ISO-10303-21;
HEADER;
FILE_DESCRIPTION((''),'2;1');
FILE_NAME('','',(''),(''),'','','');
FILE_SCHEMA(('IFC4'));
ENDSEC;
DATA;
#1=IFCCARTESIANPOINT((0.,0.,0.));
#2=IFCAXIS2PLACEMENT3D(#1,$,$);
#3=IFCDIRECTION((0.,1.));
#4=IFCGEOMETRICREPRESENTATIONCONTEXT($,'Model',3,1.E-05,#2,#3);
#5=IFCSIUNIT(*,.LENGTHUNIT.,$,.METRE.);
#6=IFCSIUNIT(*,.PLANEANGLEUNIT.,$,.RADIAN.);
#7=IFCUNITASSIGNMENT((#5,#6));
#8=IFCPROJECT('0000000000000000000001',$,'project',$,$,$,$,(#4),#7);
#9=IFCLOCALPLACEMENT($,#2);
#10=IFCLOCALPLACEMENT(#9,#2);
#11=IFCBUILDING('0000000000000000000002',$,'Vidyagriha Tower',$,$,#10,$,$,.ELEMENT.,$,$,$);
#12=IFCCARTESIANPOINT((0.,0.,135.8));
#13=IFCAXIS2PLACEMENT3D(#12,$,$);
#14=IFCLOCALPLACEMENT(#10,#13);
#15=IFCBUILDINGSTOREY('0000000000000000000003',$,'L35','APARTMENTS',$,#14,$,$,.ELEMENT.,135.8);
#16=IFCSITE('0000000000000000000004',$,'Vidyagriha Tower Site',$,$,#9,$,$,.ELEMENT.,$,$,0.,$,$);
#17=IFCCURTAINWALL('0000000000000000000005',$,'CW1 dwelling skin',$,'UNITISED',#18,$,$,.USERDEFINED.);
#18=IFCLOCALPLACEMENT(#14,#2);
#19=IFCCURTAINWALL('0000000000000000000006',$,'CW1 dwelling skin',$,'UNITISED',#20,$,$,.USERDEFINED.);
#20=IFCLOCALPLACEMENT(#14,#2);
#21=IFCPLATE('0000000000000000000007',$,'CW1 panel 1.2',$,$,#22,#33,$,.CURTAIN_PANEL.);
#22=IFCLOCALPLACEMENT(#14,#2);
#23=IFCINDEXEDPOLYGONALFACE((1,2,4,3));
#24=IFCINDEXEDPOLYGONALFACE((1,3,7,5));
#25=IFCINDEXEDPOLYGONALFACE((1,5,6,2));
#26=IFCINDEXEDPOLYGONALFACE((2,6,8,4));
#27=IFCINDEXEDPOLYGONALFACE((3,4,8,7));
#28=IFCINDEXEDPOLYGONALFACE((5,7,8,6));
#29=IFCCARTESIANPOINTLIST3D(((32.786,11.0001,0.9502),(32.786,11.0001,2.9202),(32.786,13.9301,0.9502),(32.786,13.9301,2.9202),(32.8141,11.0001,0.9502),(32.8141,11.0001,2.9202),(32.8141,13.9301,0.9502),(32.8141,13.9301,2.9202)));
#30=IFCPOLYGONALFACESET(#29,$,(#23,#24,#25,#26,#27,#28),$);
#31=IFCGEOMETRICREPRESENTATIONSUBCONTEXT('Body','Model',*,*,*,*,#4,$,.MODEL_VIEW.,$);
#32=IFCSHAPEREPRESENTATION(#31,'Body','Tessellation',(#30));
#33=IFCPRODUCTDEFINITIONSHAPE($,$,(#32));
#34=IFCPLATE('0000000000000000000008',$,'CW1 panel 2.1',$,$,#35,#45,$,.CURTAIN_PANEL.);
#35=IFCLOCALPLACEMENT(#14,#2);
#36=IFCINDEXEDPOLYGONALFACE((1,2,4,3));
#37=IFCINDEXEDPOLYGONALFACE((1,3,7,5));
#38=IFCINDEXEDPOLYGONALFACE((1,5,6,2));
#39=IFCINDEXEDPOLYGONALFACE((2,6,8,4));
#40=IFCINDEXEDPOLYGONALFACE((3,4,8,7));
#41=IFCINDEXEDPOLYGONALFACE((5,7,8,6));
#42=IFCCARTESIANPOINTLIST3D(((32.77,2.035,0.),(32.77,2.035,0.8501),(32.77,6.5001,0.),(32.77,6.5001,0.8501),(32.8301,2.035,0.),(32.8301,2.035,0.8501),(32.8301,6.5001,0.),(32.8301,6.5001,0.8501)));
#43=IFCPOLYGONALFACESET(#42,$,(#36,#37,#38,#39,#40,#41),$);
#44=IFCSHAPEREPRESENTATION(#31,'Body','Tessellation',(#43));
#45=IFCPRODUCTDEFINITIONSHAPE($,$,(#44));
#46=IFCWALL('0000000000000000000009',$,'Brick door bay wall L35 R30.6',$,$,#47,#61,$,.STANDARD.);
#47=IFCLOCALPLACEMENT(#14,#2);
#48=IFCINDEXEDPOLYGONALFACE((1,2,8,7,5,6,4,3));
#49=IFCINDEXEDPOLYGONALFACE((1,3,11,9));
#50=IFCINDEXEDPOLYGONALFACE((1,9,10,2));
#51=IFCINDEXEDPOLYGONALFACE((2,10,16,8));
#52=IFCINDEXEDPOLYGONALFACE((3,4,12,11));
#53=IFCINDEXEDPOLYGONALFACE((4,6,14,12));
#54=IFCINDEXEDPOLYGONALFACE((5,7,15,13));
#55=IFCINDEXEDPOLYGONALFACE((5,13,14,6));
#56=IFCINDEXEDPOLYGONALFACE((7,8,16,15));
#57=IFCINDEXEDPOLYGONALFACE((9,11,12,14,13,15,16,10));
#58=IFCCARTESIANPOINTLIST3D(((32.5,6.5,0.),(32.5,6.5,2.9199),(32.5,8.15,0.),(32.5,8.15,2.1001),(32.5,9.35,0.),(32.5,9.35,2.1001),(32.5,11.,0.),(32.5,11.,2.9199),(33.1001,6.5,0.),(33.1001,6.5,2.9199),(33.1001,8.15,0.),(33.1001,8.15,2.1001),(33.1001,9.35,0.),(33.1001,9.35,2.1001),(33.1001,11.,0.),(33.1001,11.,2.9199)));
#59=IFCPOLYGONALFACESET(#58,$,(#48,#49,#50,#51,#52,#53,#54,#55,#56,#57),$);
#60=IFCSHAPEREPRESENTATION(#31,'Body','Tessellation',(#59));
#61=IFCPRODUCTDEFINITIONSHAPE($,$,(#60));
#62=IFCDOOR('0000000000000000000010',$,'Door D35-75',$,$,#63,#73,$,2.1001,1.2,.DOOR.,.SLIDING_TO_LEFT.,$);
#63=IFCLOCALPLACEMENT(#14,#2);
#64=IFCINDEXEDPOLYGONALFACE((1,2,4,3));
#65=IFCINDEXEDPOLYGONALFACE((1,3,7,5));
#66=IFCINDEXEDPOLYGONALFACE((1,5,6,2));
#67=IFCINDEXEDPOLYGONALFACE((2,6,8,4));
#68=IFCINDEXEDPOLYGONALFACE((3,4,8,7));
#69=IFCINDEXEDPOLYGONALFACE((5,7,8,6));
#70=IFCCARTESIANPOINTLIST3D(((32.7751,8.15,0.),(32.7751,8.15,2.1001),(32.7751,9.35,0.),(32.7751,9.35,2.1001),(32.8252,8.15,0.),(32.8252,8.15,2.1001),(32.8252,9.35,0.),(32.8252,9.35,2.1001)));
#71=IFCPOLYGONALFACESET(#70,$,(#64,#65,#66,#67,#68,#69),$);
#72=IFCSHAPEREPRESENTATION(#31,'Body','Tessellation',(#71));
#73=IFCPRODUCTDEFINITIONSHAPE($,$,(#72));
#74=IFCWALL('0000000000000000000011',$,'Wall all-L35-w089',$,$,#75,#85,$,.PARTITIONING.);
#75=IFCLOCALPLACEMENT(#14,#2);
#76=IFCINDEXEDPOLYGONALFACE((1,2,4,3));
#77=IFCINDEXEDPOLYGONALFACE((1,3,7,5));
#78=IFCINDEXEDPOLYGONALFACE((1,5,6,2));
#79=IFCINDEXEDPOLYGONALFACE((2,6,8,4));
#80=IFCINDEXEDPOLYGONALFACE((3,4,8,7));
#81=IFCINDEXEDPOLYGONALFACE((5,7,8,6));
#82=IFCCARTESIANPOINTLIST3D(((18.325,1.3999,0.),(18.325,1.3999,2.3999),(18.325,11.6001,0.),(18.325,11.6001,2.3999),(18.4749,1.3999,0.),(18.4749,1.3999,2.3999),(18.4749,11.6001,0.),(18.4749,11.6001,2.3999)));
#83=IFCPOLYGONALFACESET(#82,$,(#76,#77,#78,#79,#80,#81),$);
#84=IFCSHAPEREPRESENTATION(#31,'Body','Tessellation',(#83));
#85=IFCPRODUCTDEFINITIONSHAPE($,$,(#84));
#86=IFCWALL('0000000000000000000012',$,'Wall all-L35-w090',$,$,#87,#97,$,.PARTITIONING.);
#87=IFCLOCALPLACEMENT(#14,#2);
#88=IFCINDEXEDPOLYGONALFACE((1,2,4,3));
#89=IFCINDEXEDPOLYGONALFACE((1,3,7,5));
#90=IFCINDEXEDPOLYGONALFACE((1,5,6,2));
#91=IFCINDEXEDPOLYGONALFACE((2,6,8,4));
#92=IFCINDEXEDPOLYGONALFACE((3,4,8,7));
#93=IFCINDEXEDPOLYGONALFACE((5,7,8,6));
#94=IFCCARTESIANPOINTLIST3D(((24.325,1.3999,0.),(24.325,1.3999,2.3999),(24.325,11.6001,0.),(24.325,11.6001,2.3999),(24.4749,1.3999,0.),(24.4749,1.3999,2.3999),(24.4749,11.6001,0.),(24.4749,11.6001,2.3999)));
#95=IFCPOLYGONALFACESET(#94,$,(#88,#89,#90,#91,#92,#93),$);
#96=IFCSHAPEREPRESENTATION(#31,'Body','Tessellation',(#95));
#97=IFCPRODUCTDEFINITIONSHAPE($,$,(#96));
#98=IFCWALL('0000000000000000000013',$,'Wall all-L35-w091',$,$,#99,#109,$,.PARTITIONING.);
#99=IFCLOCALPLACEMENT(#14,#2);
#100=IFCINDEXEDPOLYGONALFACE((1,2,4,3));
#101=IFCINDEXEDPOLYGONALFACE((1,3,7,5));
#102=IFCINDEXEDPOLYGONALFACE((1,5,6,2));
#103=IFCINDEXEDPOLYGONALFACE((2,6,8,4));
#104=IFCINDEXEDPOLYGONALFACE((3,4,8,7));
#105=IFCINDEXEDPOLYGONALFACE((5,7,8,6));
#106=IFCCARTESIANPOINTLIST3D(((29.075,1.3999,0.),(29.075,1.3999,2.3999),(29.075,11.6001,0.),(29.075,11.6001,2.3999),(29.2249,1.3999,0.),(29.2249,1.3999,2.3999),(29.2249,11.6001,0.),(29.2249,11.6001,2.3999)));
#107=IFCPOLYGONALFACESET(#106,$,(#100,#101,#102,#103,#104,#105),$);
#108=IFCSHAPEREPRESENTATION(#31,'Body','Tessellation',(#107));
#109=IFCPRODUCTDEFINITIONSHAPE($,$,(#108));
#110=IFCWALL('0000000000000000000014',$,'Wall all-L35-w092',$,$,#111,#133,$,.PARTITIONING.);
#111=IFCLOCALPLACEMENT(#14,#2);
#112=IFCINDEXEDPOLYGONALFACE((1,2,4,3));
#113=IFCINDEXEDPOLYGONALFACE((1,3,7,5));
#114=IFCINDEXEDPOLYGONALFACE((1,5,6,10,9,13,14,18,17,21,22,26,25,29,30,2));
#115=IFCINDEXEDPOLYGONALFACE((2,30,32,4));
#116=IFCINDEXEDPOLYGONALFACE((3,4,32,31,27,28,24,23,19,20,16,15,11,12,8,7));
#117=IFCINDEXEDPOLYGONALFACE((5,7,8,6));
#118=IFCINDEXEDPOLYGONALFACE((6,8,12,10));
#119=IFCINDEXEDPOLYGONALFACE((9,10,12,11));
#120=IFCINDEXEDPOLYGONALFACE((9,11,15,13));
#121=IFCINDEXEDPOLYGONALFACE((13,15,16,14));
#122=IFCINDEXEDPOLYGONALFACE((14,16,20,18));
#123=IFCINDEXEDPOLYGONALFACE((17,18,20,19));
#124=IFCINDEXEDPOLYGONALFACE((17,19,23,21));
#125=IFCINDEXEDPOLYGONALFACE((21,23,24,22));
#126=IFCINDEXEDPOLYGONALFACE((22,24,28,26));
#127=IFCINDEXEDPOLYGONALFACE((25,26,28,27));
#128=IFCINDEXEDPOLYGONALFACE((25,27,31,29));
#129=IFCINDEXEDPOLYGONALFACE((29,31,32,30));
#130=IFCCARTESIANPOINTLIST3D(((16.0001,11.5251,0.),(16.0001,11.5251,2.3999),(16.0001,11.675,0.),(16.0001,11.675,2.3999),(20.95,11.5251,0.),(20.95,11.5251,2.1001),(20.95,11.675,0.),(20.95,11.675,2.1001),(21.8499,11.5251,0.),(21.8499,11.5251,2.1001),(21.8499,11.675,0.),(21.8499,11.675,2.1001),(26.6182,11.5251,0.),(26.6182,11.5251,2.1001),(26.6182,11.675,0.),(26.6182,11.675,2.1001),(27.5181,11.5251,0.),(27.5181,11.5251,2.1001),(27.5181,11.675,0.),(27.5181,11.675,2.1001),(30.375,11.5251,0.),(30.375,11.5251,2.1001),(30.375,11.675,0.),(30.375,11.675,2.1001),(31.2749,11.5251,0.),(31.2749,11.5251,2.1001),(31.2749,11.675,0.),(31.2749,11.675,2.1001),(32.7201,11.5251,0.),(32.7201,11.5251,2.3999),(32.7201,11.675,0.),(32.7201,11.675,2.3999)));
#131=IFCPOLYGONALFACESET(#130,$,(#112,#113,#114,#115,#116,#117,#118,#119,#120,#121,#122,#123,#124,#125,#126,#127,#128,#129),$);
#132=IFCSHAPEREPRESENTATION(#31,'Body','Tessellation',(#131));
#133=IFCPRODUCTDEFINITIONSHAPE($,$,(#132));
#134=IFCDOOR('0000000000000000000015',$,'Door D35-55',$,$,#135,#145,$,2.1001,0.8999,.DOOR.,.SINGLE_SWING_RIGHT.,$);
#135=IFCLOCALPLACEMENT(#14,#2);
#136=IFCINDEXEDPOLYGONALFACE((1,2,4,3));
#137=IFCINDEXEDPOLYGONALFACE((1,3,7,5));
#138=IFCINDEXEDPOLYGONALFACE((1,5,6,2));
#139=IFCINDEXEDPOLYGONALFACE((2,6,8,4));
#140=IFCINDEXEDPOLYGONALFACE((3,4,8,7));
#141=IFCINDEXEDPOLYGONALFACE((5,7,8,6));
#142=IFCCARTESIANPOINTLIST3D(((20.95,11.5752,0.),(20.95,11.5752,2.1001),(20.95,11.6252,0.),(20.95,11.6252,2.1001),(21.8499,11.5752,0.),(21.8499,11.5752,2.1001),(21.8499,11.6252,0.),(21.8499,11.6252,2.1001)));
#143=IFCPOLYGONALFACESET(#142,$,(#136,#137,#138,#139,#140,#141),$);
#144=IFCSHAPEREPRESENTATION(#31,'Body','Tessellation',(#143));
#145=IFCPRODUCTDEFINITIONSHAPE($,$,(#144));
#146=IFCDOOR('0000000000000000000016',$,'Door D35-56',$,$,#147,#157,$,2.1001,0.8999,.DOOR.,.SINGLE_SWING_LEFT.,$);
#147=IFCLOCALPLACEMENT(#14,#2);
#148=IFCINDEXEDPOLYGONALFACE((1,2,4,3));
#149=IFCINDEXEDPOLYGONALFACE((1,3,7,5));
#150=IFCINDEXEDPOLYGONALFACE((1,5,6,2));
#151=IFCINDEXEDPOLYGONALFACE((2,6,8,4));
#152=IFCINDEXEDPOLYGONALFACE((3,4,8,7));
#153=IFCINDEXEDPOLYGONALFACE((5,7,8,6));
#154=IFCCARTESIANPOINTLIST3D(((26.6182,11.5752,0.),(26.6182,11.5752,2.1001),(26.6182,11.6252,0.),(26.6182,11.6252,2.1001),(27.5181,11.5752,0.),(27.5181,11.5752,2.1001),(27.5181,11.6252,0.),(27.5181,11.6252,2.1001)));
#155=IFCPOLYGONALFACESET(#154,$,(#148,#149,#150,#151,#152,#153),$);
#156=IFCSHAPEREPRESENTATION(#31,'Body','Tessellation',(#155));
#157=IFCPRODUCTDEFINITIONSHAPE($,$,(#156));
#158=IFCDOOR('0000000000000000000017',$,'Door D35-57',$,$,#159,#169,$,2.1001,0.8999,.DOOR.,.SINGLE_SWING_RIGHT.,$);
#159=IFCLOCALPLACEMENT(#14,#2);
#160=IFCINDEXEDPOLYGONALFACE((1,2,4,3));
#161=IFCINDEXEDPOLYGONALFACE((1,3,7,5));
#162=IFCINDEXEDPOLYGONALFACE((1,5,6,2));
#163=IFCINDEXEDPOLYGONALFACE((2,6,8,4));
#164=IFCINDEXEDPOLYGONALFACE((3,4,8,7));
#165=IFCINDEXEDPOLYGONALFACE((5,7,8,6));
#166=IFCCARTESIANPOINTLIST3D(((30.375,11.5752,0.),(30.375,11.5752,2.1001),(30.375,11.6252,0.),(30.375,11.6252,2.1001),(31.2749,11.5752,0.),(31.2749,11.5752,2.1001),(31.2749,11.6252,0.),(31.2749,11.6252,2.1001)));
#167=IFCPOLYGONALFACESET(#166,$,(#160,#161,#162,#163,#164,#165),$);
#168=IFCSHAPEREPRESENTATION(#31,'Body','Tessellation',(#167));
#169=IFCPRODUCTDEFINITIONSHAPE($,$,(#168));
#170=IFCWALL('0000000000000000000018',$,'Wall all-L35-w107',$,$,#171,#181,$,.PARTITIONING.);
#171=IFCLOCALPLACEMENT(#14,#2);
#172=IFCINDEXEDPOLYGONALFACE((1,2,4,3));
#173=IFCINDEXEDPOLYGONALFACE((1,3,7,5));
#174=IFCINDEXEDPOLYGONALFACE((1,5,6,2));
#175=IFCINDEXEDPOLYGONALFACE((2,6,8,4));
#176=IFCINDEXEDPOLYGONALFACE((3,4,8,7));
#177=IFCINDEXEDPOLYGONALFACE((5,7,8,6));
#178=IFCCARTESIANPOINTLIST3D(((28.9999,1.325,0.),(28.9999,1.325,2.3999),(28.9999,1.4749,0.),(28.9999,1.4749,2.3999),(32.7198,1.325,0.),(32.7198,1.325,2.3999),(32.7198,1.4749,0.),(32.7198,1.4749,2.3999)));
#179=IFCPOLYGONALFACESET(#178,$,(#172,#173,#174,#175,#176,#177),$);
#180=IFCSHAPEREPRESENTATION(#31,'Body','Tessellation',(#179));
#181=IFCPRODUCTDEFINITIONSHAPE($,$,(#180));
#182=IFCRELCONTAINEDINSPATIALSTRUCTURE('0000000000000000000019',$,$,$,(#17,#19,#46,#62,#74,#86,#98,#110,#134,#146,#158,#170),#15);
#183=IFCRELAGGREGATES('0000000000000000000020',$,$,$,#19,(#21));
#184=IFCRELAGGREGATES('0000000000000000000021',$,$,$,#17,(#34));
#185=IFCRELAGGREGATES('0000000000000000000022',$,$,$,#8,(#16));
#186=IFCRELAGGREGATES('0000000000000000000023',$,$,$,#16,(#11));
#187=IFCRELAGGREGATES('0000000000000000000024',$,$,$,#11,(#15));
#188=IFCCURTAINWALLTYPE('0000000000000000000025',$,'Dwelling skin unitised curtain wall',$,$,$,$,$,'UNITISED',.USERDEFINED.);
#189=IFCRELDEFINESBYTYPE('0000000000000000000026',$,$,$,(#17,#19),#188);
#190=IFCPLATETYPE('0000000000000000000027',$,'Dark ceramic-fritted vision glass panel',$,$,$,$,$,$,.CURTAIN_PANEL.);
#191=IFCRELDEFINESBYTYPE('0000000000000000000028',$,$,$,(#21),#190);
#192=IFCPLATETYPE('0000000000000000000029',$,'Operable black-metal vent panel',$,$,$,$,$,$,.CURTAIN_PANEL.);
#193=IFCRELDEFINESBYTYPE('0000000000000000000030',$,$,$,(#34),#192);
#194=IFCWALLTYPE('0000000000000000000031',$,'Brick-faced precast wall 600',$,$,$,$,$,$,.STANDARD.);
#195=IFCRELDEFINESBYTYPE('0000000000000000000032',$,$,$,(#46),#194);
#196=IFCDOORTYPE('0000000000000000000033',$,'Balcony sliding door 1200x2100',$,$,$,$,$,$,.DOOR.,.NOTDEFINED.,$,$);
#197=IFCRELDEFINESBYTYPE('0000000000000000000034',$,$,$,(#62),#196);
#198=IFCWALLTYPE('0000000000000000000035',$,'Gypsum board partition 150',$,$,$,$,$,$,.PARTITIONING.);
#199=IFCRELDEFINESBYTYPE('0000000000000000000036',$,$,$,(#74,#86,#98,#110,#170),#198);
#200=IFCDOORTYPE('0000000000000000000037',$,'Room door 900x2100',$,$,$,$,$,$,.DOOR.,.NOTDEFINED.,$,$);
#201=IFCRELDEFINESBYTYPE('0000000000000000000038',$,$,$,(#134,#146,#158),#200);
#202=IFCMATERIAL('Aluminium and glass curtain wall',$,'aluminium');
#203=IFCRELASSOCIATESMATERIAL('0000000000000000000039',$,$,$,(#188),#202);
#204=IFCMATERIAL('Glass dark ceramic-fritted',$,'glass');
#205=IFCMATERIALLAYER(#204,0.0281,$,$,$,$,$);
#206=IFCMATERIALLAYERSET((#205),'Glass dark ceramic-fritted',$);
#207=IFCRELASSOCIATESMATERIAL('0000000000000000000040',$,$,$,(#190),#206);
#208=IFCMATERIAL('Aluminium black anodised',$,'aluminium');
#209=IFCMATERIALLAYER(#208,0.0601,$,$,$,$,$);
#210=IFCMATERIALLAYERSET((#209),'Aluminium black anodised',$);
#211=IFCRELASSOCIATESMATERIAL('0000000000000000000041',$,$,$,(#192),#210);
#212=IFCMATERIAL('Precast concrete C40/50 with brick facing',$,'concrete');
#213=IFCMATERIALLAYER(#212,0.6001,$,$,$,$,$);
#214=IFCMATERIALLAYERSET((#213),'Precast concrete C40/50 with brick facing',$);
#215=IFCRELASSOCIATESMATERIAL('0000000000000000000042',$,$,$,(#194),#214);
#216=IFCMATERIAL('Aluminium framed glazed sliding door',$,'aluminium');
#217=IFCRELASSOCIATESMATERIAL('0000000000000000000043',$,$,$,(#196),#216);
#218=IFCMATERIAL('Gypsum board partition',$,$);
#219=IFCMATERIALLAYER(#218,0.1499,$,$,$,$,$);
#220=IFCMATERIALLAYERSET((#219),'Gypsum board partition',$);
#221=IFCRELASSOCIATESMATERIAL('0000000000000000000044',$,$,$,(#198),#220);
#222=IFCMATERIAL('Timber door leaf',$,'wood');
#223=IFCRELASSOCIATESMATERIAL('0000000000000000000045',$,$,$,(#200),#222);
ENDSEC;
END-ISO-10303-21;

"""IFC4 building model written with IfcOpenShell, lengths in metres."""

from ifc_helpers import new_model, si_unit, direction, frame, frame_2d, origin, origin_2d, place, context, subcontext, project, spatial, rectangle, extrude, material, layer, layer_set, type_object, element, fill, aggregate, save


model = new_model("IFC4")

# Units and contexts
model_context = context("Model", 3, precision=1e-05, world=origin(), true_north=direction((0.0, 1.0)))
body_context = subcontext(model_context, "Body", "Model", "MODEL_VIEW")
ifc_project = project(units=[si_unit("LENGTHUNIT", "METRE"), si_unit("PLANEANGLEUNIT", "RADIAN")], contexts=[model_context])

# Site, building, storey
site_placement = place(None, origin())
site = spatial("IfcSite", under=ifc_project, at=site_placement, Name="Vidyagriha Tower Site", CompositionType="ELEMENT", RefElevation=0.0)
building_placement = place(site_placement, origin())
building = spatial("IfcBuilding", under=site, at=building_placement, Name="Vidyagriha Tower", CompositionType="ELEMENT")
storey_placement = place(building_placement, frame((0.0, 0.0, 135.8)))
storey = spatial("IfcBuildingStorey", under=building, at=storey_placement, Name="L35", Description="APARTMENTS", CompositionType="ELEMENT", Elevation=135.8)

# Curtain walls
ifc_material_1 = material(Name="Aluminium and glass curtain wall", Category="aluminium")
curtain_wall_type = type_object("IfcCurtainWallType", Name="Dwelling skin unitised curtain wall", ElementType="UNITISED", PredefinedType="USERDEFINED", material=ifc_material_1)
curtain_wall_1_placement = place(storey_placement, origin())
curtain_wall_1 = element("IfcCurtainWall", 1, at=curtain_wall_1_placement, inside=storey, type_object=curtain_wall_type, Name="CW1 dwelling skin", ObjectType="UNITISED", PredefinedType="USERDEFINED")
curtain_wall_2_placement = place(storey_placement, origin())
curtain_wall_2 = element("IfcCurtainWall", 2, at=curtain_wall_2_placement, inside=storey, type_object=curtain_wall_type, Name="CW1 dwelling skin", ObjectType="UNITISED", PredefinedType="USERDEFINED")

# Plates
ifc_material_2 = material(Name="Glass dark ceramic-fritted", Category="glass")
ifc_layer_1 = layer(ifc_material_2, 0.0281)
ifc_layer_set_1 = layer_set([ifc_layer_1], Name="Glass dark ceramic-fritted")
plate_type_1 = type_object("IfcPlateType", Name="Dark ceramic-fritted vision glass panel", PredefinedType="CURTAIN_PANEL", material=ifc_layer_set_1)
plate_1_placement = place(storey_placement, frame((32.8, 12.4651, 0.9502), z_axis=(0.0, 0.0, 1.0), x_axis=(0.0, 1.0, 0.0)))
plate_1 = element("IfcPlate", 3, at=plate_1_placement, type_object=plate_type_1, Name="CW1 panel 1.2", PredefinedType="CURTAIN_PANEL", context=body_context, shape_type="SweptSolid", body=[
    extrude(rectangle(XDim=2.9299, YDim=0.0281, at=origin_2d()), origin(), (0.0, 0.0, 1.0), 1.97),
])
aggregate(curtain_wall_2, [plate_1])
ifc_material_3 = material(Name="Aluminium black anodised", Category="aluminium")
ifc_layer_2 = layer(ifc_material_3, 0.0601)
ifc_layer_set_2 = layer_set([ifc_layer_2], Name="Aluminium black anodised")
plate_type_2 = type_object("IfcPlateType", Name="Operable black-metal vent panel", PredefinedType="CURTAIN_PANEL", material=ifc_layer_set_2)
plate_2_placement = place(storey_placement, frame((32.8, 4.2676, 0.0), z_axis=(0.0, 0.0, 1.0), x_axis=(0.0, 1.0, 0.0)))
plate_2 = element("IfcPlate", 4, at=plate_2_placement, type_object=plate_type_2, Name="CW1 panel 2.1", PredefinedType="CURTAIN_PANEL", context=body_context, shape_type="SweptSolid", body=[
    extrude(rectangle(XDim=4.4651, YDim=0.0601, at=origin_2d()), origin(), (0.0, 0.0, 1.0), 0.8501),
])
aggregate(curtain_wall_1, [plate_2])

# Wall, opening, door
ifc_material_4 = material(Name="Precast concrete C40/50 with brick facing", Category="concrete")
ifc_layer_3 = layer(ifc_material_4, 0.6001)
ifc_layer_set_3 = layer_set([ifc_layer_3], Name="Precast concrete C40/50 with brick facing")
wall_type_1 = type_object("IfcWallType", Name="Brick-faced precast wall 600", PredefinedType="STANDARD", material=ifc_layer_set_3)
wall_1_placement = place(storey_placement, frame((32.8, 6.5, 0.0), z_axis=(0.0, 0.0, 1.0), x_axis=(0.0, 1.0, 0.0)))
wall_1 = element("IfcWall", 5, at=wall_1_placement, inside=storey, type_object=wall_type_1, Name="Brick door bay wall L35 R30.6", PredefinedType="STANDARD", context=body_context, shape_type="SweptSolid", body=[
    extrude(rectangle(XDim=4.5, YDim=0.6001, at=frame_2d((2.25, 0.0))), origin(), (0.0, 0.0, 1.0), 2.9199),
])
opening_1_placement = place(wall_1_placement, frame((1.6499, 0.0, 0.0)))
opening_1 = element("IfcOpeningElement", 6, at=opening_1_placement, cuts=wall_1, PredefinedType="OPENING", context=body_context, shape_type="SweptSolid", body=[
    extrude(rectangle(XDim=1.2, YDim=2.1001, at=frame_2d((0.6001, 1.05))), frame((0.0, 0.3101, 0.0), z_axis=(0.0, -1.0, 0.0), x_axis=(1.0, 0.0, 0.0)), (0.0, 0.0, 1.0), 0.6201),
])
ifc_material_5 = material(Name="Aluminium framed glazed sliding door", Category="aluminium")
door_type_1 = type_object("IfcDoorType", Name="Balcony sliding door 1200x2100", OperationType="NOTDEFINED", PredefinedType="DOOR", material=ifc_material_5)
door_1_placement = place(opening_1_placement, origin())
door_1 = element("IfcDoor", 7, at=door_1_placement, inside=storey, type_object=door_type_1, Name="Door D35-75", OperationType="SLIDING_TO_LEFT", OverallHeight=2.1001, OverallWidth=1.2, PredefinedType="DOOR", context=body_context, shape_type="SweptSolid", body=[
    extrude(rectangle(XDim=1.2, YDim=2.1001, at=frame_2d((0.6001, 1.05))), frame((0.0, 0.0249, 0.0), z_axis=(0.0, -1.0, 0.0), x_axis=(1.0, 0.0, 0.0)), (0.0, 0.0, 1.0), 0.05),
])
fill(opening_1, door_1)

# Walls
ifc_material_6 = material(Name="Gypsum board partition")
ifc_layer_4 = layer(ifc_material_6, 0.1499)
ifc_layer_set_4 = layer_set([ifc_layer_4], Name="Gypsum board partition")
wall_type_2 = type_object("IfcWallType", Name="Gypsum board partition 150", PredefinedType="PARTITIONING", material=ifc_layer_set_4)
for number, where, z_axis, x_axis, name in (
    (8, (18.3999, 11.6001, 0.0), (0.0, 0.0, 1.0), (0.0, -1.0, 0.0), "Wall all-L35-w089"),
    (9, (24.3999, 11.6001, 0.0), (0.0, 0.0, 1.0), (0.0, -1.0, 0.0), "Wall all-L35-w090"),
    (10, (29.1499, 11.6001, 0.0), (0.0, 0.0, 1.0), (0.0, -1.0, 0.0), "Wall all-L35-w091"),
):
    element("IfcWall", number, at=place(storey_placement, frame(where, z_axis=z_axis, x_axis=x_axis)), inside=storey, type_object=wall_type_2, Name=name, PredefinedType="PARTITIONING", context=body_context, shape_type="SweptSolid", body=[
        extrude(rectangle(XDim=10.2002, YDim=0.1499, at=frame_2d((5.1001, 0.0))), origin(), (0.0, 0.0, 1.0), 2.3999),
    ])

# Wall, openings, doors
wall_2_placement = place(storey_placement, frame((32.72, 11.6001, 0.0), z_axis=(0.0, 0.0, 1.0), x_axis=(-1.0, 0.0, 0.0)))
wall_2 = element("IfcWall", 11, at=wall_2_placement, inside=storey, type_object=wall_type_2, Name="Wall all-L35-w092", PredefinedType="PARTITIONING", context=body_context, shape_type="SweptSolid", body=[
    extrude(rectangle(XDim=16.72, YDim=0.1499, at=frame_2d((8.3599, 0.0))), origin(), (0.0, 0.0, 1.0), 2.3999),
])
opening_2_placement = place(wall_2_placement, frame((10.8701, 0.0, 0.0)))
opening_2 = element("IfcOpeningElement", 12, at=opening_2_placement, cuts=wall_2, PredefinedType="OPENING", context=body_context, shape_type="SweptSolid", body=[
    extrude(rectangle(XDim=0.8999, YDim=2.1001, at=frame_2d((0.45, 1.05))), frame((0.0, 0.085, 0.0), z_axis=(0.0, -1.0, 0.0), x_axis=(1.0, 0.0, 0.0)), (0.0, 0.0, 1.0), 0.1699),
])
opening_3_placement = place(wall_2_placement, frame((5.2019, 0.0, 0.0)))
opening_3 = element("IfcOpeningElement", 13, at=opening_3_placement, cuts=wall_2, PredefinedType="OPENING", context=body_context, shape_type="SweptSolid", body=[
    extrude(rectangle(XDim=0.8999, YDim=2.1001, at=frame_2d((0.45, 1.05))), frame((0.0, 0.085, 0.0), z_axis=(0.0, -1.0, 0.0), x_axis=(1.0, 0.0, 0.0)), (0.0, 0.0, 1.0), 0.1699),
])
opening_4_placement = place(wall_2_placement, frame((1.4451, 0.0, 0.0)))
opening_4 = element("IfcOpeningElement", 14, at=opening_4_placement, cuts=wall_2, PredefinedType="OPENING", context=body_context, shape_type="SweptSolid", body=[
    extrude(rectangle(XDim=0.8999, YDim=2.1001, at=frame_2d((0.45, 1.05))), frame((0.0, 0.085, 0.0), z_axis=(0.0, -1.0, 0.0), x_axis=(1.0, 0.0, 0.0)), (0.0, 0.0, 1.0), 0.1699),
])
ifc_material_7 = material(Name="Timber door leaf", Category="wood")
door_type_2 = type_object("IfcDoorType", Name="Room door 900x2100", OperationType="NOTDEFINED", PredefinedType="DOOR", material=ifc_material_7)
door_2_placement = place(opening_2_placement, origin())
door_2 = element("IfcDoor", 15, at=door_2_placement, inside=storey, type_object=door_type_2, Name="Door D35-55", OperationType="SINGLE_SWING_RIGHT", OverallHeight=2.1001, OverallWidth=0.8999, PredefinedType="DOOR", context=body_context, shape_type="SweptSolid", body=[
    extrude(rectangle(XDim=0.8999, YDim=2.1001, at=frame_2d((0.45, 1.05))), frame((0.0, 0.0249, 0.0), z_axis=(0.0, -1.0, 0.0), x_axis=(1.0, 0.0, 0.0)), (0.0, 0.0, 1.0), 0.05),
])
fill(opening_2, door_2)
door_3_placement = place(opening_3_placement, origin())
door_3 = element("IfcDoor", 16, at=door_3_placement, inside=storey, type_object=door_type_2, Name="Door D35-56", OperationType="SINGLE_SWING_LEFT", OverallHeight=2.1001, OverallWidth=0.8999, PredefinedType="DOOR", context=body_context, shape_type="SweptSolid", body=[
    extrude(rectangle(XDim=0.8999, YDim=2.1001, at=frame_2d((0.45, 1.05))), frame((0.0, 0.0249, 0.0), z_axis=(0.0, -1.0, 0.0), x_axis=(1.0, 0.0, 0.0)), (0.0, 0.0, 1.0), 0.05),
])
fill(opening_3, door_3)
door_4_placement = place(opening_4_placement, origin())
door_4 = element("IfcDoor", 17, at=door_4_placement, inside=storey, type_object=door_type_2, Name="Door D35-57", OperationType="SINGLE_SWING_RIGHT", OverallHeight=2.1001, OverallWidth=0.8999, PredefinedType="DOOR", context=body_context, shape_type="SweptSolid", body=[
    extrude(rectangle(XDim=0.8999, YDim=2.1001, at=frame_2d((0.45, 1.05))), frame((0.0, 0.0249, 0.0), z_axis=(0.0, -1.0, 0.0), x_axis=(1.0, 0.0, 0.0)), (0.0, 0.0, 1.0), 0.05),
])
fill(opening_4, door_4)

# Wall
wall_3_placement = place(storey_placement, frame((29.0, 1.3999, 0.0)))
element("IfcWall", 18, at=wall_3_placement, inside=storey, type_object=wall_type_2, Name="Wall all-L35-w107", PredefinedType="PARTITIONING", context=body_context, shape_type="SweptSolid", body=[
    extrude(rectangle(XDim=3.72, YDim=0.1499, at=frame_2d((1.8599, 0.0))), origin(), (0.0, 0.0, 1.0), 2.3999),
])

save(model, "model.ifc")
